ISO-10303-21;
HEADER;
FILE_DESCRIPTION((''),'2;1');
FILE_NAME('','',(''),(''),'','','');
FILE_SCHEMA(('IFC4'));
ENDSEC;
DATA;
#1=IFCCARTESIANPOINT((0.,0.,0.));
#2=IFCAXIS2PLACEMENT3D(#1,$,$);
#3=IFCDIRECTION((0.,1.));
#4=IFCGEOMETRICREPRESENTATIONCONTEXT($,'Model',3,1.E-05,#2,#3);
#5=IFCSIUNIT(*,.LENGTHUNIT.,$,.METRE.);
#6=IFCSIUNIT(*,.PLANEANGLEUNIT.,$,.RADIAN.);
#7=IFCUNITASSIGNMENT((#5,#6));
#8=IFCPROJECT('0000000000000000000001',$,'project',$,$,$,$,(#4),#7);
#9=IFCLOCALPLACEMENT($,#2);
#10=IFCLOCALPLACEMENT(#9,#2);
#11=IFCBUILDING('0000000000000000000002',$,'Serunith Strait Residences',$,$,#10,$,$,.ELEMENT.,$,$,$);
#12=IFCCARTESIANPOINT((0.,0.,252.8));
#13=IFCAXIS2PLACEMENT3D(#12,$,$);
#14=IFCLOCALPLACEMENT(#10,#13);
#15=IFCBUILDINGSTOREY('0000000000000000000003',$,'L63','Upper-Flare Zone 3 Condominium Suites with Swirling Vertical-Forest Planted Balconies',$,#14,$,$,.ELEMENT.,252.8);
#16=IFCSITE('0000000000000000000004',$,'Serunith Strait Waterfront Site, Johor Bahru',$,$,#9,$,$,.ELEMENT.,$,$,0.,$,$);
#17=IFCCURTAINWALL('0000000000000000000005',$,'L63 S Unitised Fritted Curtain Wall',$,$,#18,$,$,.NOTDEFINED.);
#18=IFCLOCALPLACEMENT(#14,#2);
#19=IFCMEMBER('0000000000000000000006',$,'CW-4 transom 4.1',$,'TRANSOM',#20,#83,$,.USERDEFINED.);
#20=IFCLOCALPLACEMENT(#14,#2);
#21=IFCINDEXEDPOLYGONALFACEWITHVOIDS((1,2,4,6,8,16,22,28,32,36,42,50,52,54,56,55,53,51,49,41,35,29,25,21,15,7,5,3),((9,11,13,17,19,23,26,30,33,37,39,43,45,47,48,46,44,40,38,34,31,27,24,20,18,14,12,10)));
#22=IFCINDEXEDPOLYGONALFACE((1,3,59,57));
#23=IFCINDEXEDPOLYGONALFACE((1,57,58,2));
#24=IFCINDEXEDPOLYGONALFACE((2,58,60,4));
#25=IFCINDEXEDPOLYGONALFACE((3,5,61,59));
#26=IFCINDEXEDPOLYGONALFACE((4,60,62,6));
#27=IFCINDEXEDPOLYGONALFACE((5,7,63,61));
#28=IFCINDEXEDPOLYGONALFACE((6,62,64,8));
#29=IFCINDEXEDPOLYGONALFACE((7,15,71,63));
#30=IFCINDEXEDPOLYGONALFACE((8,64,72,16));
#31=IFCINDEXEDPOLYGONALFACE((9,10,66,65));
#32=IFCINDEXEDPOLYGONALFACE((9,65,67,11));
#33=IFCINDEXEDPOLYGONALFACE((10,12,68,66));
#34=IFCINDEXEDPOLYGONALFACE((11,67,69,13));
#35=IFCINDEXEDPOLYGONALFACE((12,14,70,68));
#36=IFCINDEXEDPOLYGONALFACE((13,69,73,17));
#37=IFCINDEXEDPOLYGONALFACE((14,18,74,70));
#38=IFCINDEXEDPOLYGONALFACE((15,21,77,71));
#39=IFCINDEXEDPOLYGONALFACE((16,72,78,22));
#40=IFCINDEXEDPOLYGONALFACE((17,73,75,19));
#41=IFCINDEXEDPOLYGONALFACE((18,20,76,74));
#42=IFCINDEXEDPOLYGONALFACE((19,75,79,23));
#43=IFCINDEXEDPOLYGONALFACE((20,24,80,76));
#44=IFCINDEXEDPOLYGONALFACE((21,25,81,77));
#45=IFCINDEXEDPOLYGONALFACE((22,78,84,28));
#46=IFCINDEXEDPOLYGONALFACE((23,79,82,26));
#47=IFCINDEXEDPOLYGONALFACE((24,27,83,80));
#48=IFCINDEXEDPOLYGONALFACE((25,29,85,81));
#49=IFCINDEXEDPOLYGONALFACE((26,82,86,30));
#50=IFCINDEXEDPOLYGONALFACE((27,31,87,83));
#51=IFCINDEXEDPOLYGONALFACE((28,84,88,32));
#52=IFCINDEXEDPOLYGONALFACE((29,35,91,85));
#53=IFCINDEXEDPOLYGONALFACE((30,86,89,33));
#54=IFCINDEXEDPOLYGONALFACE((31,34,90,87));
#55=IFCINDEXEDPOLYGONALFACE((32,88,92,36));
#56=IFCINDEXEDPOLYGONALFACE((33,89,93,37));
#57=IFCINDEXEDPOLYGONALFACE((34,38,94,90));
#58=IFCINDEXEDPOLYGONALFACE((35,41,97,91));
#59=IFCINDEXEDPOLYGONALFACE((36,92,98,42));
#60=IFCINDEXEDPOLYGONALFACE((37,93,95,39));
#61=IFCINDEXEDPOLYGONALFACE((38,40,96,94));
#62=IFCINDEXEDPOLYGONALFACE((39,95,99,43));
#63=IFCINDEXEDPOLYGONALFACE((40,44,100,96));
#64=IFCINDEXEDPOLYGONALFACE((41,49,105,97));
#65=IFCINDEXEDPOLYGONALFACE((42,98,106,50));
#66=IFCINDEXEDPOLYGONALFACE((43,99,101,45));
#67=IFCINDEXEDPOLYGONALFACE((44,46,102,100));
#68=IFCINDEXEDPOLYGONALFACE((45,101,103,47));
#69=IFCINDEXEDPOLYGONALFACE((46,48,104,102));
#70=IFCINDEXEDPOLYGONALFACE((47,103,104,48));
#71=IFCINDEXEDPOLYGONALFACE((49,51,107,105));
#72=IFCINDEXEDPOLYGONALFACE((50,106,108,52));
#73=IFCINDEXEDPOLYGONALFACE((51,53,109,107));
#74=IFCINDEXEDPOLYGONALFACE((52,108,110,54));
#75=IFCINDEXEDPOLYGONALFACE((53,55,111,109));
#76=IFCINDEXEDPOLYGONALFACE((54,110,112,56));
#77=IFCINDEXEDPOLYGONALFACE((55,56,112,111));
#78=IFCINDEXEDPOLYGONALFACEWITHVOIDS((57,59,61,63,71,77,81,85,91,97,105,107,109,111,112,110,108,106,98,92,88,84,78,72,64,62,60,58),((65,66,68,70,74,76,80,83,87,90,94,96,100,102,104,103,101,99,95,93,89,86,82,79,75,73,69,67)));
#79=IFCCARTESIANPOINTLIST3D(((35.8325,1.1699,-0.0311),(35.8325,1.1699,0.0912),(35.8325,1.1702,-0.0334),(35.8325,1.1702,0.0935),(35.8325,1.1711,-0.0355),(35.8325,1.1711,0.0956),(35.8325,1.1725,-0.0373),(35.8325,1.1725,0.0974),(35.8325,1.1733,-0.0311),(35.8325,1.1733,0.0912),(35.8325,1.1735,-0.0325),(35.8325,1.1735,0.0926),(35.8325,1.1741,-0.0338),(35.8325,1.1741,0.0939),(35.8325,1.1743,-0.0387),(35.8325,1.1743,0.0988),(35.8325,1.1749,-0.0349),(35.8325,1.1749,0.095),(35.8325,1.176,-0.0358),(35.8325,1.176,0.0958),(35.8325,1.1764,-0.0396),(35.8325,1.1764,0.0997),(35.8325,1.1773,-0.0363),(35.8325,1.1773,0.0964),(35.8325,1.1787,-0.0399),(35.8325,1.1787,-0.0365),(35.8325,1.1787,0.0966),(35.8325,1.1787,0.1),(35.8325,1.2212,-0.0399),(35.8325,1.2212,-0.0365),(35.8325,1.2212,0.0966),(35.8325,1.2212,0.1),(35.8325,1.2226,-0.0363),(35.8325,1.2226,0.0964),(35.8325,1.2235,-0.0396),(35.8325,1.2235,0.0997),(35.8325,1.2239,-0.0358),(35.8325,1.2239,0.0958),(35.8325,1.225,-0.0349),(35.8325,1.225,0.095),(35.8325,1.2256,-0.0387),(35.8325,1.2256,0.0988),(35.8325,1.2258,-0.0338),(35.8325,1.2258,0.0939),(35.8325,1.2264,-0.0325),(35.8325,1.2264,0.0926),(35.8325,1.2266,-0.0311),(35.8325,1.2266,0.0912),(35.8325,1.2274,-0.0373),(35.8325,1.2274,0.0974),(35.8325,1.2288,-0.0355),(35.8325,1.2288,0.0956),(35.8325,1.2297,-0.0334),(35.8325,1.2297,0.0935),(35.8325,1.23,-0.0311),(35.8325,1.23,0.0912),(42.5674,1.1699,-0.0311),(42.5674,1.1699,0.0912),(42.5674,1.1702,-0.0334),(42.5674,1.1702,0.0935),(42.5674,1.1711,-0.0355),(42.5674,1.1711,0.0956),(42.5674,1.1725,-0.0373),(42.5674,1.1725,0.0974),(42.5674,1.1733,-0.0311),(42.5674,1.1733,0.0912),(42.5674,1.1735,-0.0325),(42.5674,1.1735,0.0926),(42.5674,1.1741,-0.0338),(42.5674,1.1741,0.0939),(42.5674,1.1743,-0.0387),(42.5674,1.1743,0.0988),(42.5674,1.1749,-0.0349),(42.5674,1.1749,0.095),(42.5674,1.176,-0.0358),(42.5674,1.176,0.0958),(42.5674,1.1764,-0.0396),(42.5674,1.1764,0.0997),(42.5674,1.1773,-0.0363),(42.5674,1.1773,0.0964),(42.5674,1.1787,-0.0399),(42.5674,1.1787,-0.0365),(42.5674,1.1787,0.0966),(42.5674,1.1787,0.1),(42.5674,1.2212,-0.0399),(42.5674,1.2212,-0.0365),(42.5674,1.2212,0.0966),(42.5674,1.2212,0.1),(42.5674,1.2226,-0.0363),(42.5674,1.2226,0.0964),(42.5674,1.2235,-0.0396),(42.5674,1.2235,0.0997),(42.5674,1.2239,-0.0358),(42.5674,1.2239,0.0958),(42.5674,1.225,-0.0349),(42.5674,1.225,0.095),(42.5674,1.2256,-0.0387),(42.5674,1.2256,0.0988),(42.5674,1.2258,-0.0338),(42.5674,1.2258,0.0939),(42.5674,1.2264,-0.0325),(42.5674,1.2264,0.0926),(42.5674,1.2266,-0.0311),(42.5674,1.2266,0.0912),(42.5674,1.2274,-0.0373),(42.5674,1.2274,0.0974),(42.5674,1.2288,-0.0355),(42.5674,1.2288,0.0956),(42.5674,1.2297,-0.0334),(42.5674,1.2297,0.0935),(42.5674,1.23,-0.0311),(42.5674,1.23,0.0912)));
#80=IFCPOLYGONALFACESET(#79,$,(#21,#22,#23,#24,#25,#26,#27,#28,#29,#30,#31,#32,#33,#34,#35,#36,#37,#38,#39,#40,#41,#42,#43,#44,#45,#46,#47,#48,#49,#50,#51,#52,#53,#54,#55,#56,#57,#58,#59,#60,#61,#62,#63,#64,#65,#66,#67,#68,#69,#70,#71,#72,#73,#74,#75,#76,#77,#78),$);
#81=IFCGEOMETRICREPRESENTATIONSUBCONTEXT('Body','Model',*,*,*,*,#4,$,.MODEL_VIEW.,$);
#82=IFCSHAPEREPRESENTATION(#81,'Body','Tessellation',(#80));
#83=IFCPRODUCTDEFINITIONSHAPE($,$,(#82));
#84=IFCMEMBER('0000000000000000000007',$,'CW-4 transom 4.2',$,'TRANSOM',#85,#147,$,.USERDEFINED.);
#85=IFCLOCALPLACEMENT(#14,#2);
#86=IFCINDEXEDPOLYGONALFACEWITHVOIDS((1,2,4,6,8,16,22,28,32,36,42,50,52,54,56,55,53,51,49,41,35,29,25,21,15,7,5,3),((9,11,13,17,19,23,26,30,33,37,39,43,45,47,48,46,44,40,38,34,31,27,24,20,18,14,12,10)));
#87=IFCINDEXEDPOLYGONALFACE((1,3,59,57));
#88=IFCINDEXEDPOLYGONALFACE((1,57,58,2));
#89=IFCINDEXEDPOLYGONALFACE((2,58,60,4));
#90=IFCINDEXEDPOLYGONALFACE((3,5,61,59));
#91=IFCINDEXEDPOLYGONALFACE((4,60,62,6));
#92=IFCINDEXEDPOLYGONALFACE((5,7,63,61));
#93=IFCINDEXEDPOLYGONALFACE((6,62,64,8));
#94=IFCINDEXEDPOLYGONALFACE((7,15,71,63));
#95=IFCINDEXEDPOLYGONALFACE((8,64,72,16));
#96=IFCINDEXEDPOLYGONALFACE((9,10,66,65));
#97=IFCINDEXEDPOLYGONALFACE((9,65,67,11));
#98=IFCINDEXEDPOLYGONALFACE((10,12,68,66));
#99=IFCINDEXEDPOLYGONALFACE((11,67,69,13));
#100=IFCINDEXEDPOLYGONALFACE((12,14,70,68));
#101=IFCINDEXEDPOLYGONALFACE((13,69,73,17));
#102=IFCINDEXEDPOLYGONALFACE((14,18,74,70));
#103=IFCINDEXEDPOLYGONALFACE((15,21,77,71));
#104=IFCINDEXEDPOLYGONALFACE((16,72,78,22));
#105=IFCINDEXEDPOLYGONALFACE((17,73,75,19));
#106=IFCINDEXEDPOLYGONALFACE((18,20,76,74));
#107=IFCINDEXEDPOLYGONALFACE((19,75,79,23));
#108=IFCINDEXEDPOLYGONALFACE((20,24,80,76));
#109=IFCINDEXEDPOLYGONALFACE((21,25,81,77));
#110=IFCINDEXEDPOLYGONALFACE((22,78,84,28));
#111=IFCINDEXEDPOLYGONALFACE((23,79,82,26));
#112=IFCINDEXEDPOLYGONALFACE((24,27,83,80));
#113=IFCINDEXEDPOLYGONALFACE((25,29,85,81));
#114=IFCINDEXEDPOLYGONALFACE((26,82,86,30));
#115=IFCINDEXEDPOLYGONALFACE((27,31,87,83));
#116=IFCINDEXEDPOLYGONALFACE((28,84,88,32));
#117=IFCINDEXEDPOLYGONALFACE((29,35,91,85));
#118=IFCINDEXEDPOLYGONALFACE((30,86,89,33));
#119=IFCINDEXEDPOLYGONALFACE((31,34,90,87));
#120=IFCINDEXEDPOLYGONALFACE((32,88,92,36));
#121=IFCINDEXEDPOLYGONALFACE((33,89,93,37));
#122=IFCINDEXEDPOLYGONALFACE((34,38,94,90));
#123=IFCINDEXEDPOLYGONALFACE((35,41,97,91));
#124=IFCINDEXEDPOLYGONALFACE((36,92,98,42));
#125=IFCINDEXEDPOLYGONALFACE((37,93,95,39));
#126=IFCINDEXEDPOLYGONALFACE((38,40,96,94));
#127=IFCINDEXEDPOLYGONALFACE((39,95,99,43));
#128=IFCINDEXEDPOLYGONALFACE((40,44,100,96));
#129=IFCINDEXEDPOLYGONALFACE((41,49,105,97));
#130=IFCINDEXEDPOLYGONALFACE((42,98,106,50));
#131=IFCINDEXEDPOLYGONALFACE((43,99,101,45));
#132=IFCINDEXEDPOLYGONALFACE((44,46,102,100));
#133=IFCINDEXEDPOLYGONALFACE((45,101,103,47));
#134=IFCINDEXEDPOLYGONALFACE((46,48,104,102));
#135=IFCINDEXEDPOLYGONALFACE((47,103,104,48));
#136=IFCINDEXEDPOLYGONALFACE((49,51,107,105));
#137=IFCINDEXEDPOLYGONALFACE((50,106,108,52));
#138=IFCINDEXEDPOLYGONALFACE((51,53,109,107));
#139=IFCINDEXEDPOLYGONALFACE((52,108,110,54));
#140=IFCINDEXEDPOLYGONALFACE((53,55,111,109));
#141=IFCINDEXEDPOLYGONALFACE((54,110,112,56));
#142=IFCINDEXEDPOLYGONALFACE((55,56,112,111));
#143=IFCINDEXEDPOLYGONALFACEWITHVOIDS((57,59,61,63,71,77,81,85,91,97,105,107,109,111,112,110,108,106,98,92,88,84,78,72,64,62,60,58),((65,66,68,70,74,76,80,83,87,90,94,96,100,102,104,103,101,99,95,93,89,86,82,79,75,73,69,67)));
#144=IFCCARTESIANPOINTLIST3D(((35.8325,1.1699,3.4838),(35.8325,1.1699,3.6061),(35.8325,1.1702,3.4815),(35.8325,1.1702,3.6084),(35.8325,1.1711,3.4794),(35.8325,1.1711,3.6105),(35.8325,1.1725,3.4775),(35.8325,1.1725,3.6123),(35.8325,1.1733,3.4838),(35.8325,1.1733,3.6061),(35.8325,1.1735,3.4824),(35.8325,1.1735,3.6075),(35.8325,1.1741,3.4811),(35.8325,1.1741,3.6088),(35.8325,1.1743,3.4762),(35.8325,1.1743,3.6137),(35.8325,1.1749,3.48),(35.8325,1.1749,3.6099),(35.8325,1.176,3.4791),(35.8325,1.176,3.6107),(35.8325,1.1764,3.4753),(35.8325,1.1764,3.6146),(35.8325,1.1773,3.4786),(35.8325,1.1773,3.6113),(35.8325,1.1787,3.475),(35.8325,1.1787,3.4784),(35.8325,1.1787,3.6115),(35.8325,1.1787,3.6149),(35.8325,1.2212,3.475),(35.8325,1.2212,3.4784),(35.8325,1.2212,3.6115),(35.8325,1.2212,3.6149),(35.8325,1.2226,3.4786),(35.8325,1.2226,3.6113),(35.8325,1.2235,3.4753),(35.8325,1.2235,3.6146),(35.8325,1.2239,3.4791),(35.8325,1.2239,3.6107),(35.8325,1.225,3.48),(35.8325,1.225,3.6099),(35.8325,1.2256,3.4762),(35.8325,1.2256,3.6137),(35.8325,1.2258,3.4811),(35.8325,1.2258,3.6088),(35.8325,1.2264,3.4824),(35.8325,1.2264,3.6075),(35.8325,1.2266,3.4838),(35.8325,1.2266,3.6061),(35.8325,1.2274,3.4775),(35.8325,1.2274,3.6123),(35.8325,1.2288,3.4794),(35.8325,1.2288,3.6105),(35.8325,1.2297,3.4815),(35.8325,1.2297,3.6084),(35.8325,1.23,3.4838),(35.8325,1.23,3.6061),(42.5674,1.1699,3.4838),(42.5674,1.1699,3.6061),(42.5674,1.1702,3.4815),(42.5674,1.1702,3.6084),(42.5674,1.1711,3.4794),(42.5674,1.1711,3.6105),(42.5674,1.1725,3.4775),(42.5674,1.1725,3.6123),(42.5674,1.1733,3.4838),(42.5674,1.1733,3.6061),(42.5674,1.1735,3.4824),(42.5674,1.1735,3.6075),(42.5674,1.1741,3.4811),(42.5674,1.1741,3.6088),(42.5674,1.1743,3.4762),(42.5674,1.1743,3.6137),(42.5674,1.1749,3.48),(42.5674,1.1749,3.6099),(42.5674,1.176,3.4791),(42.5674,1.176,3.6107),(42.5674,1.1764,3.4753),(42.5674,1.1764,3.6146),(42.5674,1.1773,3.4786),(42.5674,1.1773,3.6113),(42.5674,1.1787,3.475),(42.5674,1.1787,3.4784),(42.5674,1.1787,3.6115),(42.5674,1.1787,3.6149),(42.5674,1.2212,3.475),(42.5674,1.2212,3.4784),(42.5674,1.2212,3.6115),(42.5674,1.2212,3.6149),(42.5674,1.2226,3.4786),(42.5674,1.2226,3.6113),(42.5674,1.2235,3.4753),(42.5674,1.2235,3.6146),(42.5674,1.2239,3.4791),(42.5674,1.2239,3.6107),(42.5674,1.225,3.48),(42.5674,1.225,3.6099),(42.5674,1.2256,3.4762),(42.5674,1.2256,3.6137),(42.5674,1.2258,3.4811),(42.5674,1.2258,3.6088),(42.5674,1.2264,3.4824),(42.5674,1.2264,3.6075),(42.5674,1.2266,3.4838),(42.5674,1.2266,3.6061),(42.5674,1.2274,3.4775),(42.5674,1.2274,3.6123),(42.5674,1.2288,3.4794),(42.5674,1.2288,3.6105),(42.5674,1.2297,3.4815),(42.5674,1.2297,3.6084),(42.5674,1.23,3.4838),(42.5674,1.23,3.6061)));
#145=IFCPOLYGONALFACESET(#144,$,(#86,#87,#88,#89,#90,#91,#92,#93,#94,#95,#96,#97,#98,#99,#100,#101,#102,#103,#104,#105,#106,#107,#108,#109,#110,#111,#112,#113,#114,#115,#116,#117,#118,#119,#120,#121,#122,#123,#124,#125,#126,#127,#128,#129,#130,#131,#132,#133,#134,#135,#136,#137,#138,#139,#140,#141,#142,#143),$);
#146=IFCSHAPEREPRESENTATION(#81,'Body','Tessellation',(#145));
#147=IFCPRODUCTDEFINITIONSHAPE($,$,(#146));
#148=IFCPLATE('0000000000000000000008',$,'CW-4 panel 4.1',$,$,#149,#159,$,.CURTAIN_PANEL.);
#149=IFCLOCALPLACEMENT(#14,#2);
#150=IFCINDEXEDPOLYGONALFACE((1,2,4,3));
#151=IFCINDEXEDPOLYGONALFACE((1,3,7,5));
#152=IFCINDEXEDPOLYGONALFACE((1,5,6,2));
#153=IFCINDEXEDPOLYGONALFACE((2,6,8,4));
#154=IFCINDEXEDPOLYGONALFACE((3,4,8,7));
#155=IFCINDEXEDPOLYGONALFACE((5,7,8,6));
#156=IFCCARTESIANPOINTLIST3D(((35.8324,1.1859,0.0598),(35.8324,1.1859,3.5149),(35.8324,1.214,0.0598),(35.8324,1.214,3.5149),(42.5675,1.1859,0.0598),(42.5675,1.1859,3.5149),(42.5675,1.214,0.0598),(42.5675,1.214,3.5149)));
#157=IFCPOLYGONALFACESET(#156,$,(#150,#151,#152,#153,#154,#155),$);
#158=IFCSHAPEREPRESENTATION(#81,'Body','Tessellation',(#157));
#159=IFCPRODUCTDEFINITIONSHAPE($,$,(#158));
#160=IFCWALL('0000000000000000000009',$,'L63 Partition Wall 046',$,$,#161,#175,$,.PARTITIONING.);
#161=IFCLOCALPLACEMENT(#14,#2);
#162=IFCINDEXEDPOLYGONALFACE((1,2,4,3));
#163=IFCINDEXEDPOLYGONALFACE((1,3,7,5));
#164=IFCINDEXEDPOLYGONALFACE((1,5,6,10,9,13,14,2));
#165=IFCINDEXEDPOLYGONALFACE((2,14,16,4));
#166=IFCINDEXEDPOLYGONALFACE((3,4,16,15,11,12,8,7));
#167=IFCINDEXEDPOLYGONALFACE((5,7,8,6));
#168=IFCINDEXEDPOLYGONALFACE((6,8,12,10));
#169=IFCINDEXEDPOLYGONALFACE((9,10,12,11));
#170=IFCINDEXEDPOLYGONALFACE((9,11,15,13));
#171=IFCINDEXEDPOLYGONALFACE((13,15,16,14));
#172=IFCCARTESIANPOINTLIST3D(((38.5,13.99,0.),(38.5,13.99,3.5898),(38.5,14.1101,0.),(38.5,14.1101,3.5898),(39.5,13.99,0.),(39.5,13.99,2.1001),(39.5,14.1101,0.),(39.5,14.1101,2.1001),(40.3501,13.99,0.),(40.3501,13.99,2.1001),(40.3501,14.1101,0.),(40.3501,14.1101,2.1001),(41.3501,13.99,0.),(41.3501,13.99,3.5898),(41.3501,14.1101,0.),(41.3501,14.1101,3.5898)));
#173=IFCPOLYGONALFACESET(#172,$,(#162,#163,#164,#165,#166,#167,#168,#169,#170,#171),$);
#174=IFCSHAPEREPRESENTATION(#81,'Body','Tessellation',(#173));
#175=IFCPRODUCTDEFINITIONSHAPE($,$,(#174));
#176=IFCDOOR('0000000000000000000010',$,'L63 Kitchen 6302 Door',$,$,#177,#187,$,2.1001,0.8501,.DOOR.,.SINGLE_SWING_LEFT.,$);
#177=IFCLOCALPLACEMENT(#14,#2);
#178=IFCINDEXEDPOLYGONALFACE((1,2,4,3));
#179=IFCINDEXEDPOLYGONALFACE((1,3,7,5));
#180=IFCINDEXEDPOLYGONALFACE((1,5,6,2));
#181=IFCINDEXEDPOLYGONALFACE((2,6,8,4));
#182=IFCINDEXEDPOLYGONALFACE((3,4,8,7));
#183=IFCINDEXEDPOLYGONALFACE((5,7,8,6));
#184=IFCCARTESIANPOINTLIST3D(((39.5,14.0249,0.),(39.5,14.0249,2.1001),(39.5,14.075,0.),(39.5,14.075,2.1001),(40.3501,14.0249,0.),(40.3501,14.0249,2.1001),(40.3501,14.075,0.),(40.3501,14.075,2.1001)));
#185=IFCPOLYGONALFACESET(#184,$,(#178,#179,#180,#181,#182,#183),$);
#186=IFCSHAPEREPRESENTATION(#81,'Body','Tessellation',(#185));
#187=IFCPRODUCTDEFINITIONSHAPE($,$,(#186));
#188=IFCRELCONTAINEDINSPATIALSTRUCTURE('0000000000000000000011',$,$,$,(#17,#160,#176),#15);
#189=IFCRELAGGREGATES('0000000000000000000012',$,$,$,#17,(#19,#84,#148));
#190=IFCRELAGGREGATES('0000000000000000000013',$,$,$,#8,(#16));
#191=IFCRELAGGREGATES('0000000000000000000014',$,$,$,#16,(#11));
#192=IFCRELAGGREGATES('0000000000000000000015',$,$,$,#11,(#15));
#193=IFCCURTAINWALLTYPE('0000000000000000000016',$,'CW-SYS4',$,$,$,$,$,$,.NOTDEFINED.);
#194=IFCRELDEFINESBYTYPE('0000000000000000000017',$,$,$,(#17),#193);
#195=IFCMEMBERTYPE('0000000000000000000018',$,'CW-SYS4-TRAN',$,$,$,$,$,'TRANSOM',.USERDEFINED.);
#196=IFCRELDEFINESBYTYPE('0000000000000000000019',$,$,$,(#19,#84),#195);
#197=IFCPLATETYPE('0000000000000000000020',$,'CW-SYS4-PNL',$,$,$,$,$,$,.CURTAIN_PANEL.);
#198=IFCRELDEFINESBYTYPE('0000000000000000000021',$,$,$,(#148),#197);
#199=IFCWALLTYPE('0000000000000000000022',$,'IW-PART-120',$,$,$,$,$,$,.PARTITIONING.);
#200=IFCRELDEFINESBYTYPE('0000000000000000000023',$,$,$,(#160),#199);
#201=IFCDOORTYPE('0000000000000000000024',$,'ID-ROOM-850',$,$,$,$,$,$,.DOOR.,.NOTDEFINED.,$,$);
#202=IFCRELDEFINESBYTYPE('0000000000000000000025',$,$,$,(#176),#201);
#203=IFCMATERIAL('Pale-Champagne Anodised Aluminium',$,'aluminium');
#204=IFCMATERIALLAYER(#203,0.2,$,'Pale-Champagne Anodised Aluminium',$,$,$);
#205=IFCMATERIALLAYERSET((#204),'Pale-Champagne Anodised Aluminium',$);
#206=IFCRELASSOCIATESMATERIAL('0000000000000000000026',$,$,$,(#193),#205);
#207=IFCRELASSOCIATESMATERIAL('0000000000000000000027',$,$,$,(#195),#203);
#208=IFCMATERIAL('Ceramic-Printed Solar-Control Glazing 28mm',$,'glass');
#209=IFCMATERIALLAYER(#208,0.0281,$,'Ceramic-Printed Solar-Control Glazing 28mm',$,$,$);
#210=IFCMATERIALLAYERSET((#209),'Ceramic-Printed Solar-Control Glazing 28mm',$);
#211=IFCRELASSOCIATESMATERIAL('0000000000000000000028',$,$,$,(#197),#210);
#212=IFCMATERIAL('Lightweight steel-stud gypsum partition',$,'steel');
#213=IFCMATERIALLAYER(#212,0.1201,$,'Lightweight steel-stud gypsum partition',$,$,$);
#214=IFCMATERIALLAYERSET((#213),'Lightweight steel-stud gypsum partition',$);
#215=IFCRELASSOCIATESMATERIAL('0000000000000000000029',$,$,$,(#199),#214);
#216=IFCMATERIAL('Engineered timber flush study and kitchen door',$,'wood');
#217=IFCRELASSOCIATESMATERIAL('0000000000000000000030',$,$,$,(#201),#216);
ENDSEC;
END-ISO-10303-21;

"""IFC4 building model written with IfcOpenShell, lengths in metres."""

from ifc_helpers import new_model, si_unit, direction, frame, frame_2d, origin, origin_2d, place, context, subcontext, project, spatial, rectangle, hollow_rectangle, extrude, source, transform, mapped, material, layer, layer_set, material_profile, profile_set, type_object, element, fill, aggregate, save


model = new_model("IFC4")

# Units and contexts
model_context = context("Model", 3, precision=1e-05, world=origin(), true_north=direction((0.0, 1.0)))
body_context = subcontext(model_context, "Body", "Model", "MODEL_VIEW")
ifc_project = project(units=[si_unit("LENGTHUNIT", "METRE"), si_unit("PLANEANGLEUNIT", "RADIAN")], contexts=[model_context])

# Site, building, storey
site_placement = place(None, origin())
site = spatial("IfcSite", under=ifc_project, at=site_placement, Name="Serunith Strait Waterfront Site, Johor Bahru", CompositionType="ELEMENT", RefElevation=0.0)
building_placement = place(site_placement, origin())
building = spatial("IfcBuilding", under=site, at=building_placement, Name="Serunith Strait Residences", CompositionType="ELEMENT")
storey_placement = place(building_placement, frame((0.0, 0.0, 252.8)))
storey = spatial("IfcBuildingStorey", under=building, at=storey_placement, Name="L63", Description="Upper-Flare Zone 3 Condominium Suites with Swirling Vertical-Forest Planted Balconies", CompositionType="ELEMENT", Elevation=252.8)

# Curtain wall, members, plate
ifc_material_1 = material(Name="Pale-Champagne Anodised Aluminium", Category="aluminium")
ifc_layer_1 = layer(ifc_material_1, 0.2, Name="Pale-Champagne Anodised Aluminium")
ifc_layer_set_1 = layer_set([ifc_layer_1], Name="Pale-Champagne Anodised Aluminium")
curtain_wall_type = type_object("IfcCurtainWallType", Name="CW-SYS4", PredefinedType="NOTDEFINED", material=ifc_layer_set_1)
curtain_wall_placement = place(storey_placement, origin())
curtain_wall = element("IfcCurtainWall", 1, at=curtain_wall_placement, inside=storey, type_object=curtain_wall_type, Name="L63 S Unitised Fritted Curtain Wall", PredefinedType="NOTDEFINED")
ifc_material_profile_1 = material_profile(ifc_material_1, hollow_rectangle(XDim=0.0601, YDim=0.1399, WallThickness=0.0034, InnerFilletRadius=0.0054, OuterFilletRadius=0.0088, at=origin_2d()), Name="ALU 140x60x3.5")
ifc_profile_set_1 = profile_set([ifc_material_profile_1], Name="Pale-Champagne Anodised Aluminium")
member_type_1 = type_object("IfcMemberType", Name="CW-SYS4-TRAN", ElementType="TRANSOM", PredefinedType="USERDEFINED", material=ifc_profile_set_1)
shared_shape_1 = source(origin(), body_context, "Body", "SweptSolid", [
    extrude(hollow_rectangle(XDim=0.0601, YDim=0.1399, WallThickness=0.0034, InnerFilletRadius=0.0054, OuterFilletRadius=0.0088, at=origin_2d()), origin(), (0.0, 0.0, 1.0), 6.7349),
])
member_1_placement = place(storey_placement, frame((35.8325, 1.2, 0.03), z_axis=(1.0, 0.0, 0.0), x_axis=(0.0, 1.0, 0.0)))
member_1 = element("IfcMember", 2, at=member_1_placement, type_object=member_type_1, Name="CW-4 transom 4.1", ObjectType="TRANSOM", PredefinedType="USERDEFINED", context=body_context, shape_type="MappedRepresentation", body=[
    mapped(shared_shape_1, transform((0.0, 0.0, 0.0), scale=1.0)),
])
member_2_placement = place(storey_placement, frame((35.8325, 1.2, 3.5449), z_axis=(1.0, 0.0, 0.0), x_axis=(0.0, 1.0, 0.0)))
member_2 = element("IfcMember", 3, at=member_2_placement, type_object=member_type_1, Name="CW-4 transom 4.2", ObjectType="TRANSOM", PredefinedType="USERDEFINED", context=body_context, shape_type="MappedRepresentation", body=[
    mapped(shared_shape_1, transform((0.0, 0.0, 0.0), scale=1.0)),
])
ifc_material_2 = material(Name="Ceramic-Printed Solar-Control Glazing 28mm", Category="glass")
ifc_layer_2 = layer(ifc_material_2, 0.0281, Name="Ceramic-Printed Solar-Control Glazing 28mm")
ifc_layer_set_2 = layer_set([ifc_layer_2], Name="Ceramic-Printed Solar-Control Glazing 28mm")
plate_type = type_object("IfcPlateType", Name="CW-SYS4-PNL", PredefinedType="CURTAIN_PANEL", material=ifc_layer_set_2)
shared_shape_2 = source(origin(), body_context, "Body", "SweptSolid", [
    extrude(rectangle(XDim=6.7351, YDim=0.0281, at=origin_2d()), origin(), (0.0, 0.0, 1.0), 3.4551),
])
plate_placement = place(storey_placement, frame((39.2, 1.2, 0.0598), z_axis=(0.0, 0.0, 1.0), x_axis=(1.0, 0.0, 0.0)))
plate = element("IfcPlate", 4, at=plate_placement, type_object=plate_type, Name="CW-4 panel 4.1", PredefinedType="CURTAIN_PANEL", context=body_context, shape_type="MappedRepresentation", body=[
    mapped(shared_shape_2, transform((0.0, 0.0, 0.0), scale=1.0)),
])
aggregate(curtain_wall, [member_1, member_2, plate])

# Wall, opening, door
ifc_material_3 = material(Name="Lightweight steel-stud gypsum partition", Category="steel")
ifc_layer_3 = layer(ifc_material_3, 0.1201, Name="Lightweight steel-stud gypsum partition")
ifc_layer_set_3 = layer_set([ifc_layer_3], Name="Lightweight steel-stud gypsum partition")
wall_type = type_object("IfcWallType", Name="IW-PART-120", PredefinedType="PARTITIONING", material=ifc_layer_set_3)
wall_1_placement = place(storey_placement, frame((38.5, 14.05, 0.0), z_axis=(0.0, 0.0, 1.0), x_axis=(1.0, 0.0, 0.0)))
wall_1 = element("IfcWall", 5, at=wall_1_placement, inside=storey, type_object=wall_type, Name="L63 Partition Wall 046", PredefinedType="PARTITIONING", context=body_context, shape_type="SweptSolid", body=[
    extrude(rectangle(XDim=2.8501, YDim=0.1201, at=frame_2d((1.425, 0.0))), origin(), (0.0, 0.0, 1.0), 3.5898),
])
opening_1_placement = place(wall_1_placement, frame((1.0, 0.0, 0.0)))
opening_1 = element("IfcOpeningElement", 6, at=opening_1_placement, cuts=wall_1, PredefinedType="OPENING", context=body_context, shape_type="SweptSolid", body=[
    extrude(rectangle(XDim=0.8501, YDim=2.1001, at=frame_2d((0.425, 1.05))), frame((0.0, 0.0701, 0.0), z_axis=(0.0, -1.0, 0.0), x_axis=(1.0, 0.0, 0.0)), (0.0, 0.0, 1.0), 0.1401),
])
ifc_material_4 = material(Name="Engineered timber flush study and kitchen door", Category="wood")
door_type_1 = type_object("IfcDoorType", Name="ID-ROOM-850", OperationType="NOTDEFINED", PredefinedType="DOOR", material=ifc_material_4)
shared_shape_3 = source(origin(), body_context, "Body", "SweptSolid", [
    extrude(rectangle(XDim=0.8501, YDim=2.1001, at=frame_2d((0.425, 1.05))), frame((0.0, 0.0249, 0.0), z_axis=(0.0, -1.0, 0.0), x_axis=(1.0, 0.0, 0.0)), (0.0, 0.0, 1.0), 0.05),
])
door_1_placement = place(opening_1_placement, origin())
door_1 = element("IfcDoor", 7, at=door_1_placement, inside=storey, type_object=door_type_1, Name="L63 Kitchen 6302 Door", OperationType="SINGLE_SWING_LEFT", OverallHeight=2.1001, OverallWidth=0.8501, PredefinedType="DOOR", context=body_context, shape_type="MappedRepresentation", body=[
    mapped(shared_shape_3, transform((0.0, 0.0, 0.0), scale=1.0)),
])
fill(opening_1, door_1)

save(model, "model.ifc")
